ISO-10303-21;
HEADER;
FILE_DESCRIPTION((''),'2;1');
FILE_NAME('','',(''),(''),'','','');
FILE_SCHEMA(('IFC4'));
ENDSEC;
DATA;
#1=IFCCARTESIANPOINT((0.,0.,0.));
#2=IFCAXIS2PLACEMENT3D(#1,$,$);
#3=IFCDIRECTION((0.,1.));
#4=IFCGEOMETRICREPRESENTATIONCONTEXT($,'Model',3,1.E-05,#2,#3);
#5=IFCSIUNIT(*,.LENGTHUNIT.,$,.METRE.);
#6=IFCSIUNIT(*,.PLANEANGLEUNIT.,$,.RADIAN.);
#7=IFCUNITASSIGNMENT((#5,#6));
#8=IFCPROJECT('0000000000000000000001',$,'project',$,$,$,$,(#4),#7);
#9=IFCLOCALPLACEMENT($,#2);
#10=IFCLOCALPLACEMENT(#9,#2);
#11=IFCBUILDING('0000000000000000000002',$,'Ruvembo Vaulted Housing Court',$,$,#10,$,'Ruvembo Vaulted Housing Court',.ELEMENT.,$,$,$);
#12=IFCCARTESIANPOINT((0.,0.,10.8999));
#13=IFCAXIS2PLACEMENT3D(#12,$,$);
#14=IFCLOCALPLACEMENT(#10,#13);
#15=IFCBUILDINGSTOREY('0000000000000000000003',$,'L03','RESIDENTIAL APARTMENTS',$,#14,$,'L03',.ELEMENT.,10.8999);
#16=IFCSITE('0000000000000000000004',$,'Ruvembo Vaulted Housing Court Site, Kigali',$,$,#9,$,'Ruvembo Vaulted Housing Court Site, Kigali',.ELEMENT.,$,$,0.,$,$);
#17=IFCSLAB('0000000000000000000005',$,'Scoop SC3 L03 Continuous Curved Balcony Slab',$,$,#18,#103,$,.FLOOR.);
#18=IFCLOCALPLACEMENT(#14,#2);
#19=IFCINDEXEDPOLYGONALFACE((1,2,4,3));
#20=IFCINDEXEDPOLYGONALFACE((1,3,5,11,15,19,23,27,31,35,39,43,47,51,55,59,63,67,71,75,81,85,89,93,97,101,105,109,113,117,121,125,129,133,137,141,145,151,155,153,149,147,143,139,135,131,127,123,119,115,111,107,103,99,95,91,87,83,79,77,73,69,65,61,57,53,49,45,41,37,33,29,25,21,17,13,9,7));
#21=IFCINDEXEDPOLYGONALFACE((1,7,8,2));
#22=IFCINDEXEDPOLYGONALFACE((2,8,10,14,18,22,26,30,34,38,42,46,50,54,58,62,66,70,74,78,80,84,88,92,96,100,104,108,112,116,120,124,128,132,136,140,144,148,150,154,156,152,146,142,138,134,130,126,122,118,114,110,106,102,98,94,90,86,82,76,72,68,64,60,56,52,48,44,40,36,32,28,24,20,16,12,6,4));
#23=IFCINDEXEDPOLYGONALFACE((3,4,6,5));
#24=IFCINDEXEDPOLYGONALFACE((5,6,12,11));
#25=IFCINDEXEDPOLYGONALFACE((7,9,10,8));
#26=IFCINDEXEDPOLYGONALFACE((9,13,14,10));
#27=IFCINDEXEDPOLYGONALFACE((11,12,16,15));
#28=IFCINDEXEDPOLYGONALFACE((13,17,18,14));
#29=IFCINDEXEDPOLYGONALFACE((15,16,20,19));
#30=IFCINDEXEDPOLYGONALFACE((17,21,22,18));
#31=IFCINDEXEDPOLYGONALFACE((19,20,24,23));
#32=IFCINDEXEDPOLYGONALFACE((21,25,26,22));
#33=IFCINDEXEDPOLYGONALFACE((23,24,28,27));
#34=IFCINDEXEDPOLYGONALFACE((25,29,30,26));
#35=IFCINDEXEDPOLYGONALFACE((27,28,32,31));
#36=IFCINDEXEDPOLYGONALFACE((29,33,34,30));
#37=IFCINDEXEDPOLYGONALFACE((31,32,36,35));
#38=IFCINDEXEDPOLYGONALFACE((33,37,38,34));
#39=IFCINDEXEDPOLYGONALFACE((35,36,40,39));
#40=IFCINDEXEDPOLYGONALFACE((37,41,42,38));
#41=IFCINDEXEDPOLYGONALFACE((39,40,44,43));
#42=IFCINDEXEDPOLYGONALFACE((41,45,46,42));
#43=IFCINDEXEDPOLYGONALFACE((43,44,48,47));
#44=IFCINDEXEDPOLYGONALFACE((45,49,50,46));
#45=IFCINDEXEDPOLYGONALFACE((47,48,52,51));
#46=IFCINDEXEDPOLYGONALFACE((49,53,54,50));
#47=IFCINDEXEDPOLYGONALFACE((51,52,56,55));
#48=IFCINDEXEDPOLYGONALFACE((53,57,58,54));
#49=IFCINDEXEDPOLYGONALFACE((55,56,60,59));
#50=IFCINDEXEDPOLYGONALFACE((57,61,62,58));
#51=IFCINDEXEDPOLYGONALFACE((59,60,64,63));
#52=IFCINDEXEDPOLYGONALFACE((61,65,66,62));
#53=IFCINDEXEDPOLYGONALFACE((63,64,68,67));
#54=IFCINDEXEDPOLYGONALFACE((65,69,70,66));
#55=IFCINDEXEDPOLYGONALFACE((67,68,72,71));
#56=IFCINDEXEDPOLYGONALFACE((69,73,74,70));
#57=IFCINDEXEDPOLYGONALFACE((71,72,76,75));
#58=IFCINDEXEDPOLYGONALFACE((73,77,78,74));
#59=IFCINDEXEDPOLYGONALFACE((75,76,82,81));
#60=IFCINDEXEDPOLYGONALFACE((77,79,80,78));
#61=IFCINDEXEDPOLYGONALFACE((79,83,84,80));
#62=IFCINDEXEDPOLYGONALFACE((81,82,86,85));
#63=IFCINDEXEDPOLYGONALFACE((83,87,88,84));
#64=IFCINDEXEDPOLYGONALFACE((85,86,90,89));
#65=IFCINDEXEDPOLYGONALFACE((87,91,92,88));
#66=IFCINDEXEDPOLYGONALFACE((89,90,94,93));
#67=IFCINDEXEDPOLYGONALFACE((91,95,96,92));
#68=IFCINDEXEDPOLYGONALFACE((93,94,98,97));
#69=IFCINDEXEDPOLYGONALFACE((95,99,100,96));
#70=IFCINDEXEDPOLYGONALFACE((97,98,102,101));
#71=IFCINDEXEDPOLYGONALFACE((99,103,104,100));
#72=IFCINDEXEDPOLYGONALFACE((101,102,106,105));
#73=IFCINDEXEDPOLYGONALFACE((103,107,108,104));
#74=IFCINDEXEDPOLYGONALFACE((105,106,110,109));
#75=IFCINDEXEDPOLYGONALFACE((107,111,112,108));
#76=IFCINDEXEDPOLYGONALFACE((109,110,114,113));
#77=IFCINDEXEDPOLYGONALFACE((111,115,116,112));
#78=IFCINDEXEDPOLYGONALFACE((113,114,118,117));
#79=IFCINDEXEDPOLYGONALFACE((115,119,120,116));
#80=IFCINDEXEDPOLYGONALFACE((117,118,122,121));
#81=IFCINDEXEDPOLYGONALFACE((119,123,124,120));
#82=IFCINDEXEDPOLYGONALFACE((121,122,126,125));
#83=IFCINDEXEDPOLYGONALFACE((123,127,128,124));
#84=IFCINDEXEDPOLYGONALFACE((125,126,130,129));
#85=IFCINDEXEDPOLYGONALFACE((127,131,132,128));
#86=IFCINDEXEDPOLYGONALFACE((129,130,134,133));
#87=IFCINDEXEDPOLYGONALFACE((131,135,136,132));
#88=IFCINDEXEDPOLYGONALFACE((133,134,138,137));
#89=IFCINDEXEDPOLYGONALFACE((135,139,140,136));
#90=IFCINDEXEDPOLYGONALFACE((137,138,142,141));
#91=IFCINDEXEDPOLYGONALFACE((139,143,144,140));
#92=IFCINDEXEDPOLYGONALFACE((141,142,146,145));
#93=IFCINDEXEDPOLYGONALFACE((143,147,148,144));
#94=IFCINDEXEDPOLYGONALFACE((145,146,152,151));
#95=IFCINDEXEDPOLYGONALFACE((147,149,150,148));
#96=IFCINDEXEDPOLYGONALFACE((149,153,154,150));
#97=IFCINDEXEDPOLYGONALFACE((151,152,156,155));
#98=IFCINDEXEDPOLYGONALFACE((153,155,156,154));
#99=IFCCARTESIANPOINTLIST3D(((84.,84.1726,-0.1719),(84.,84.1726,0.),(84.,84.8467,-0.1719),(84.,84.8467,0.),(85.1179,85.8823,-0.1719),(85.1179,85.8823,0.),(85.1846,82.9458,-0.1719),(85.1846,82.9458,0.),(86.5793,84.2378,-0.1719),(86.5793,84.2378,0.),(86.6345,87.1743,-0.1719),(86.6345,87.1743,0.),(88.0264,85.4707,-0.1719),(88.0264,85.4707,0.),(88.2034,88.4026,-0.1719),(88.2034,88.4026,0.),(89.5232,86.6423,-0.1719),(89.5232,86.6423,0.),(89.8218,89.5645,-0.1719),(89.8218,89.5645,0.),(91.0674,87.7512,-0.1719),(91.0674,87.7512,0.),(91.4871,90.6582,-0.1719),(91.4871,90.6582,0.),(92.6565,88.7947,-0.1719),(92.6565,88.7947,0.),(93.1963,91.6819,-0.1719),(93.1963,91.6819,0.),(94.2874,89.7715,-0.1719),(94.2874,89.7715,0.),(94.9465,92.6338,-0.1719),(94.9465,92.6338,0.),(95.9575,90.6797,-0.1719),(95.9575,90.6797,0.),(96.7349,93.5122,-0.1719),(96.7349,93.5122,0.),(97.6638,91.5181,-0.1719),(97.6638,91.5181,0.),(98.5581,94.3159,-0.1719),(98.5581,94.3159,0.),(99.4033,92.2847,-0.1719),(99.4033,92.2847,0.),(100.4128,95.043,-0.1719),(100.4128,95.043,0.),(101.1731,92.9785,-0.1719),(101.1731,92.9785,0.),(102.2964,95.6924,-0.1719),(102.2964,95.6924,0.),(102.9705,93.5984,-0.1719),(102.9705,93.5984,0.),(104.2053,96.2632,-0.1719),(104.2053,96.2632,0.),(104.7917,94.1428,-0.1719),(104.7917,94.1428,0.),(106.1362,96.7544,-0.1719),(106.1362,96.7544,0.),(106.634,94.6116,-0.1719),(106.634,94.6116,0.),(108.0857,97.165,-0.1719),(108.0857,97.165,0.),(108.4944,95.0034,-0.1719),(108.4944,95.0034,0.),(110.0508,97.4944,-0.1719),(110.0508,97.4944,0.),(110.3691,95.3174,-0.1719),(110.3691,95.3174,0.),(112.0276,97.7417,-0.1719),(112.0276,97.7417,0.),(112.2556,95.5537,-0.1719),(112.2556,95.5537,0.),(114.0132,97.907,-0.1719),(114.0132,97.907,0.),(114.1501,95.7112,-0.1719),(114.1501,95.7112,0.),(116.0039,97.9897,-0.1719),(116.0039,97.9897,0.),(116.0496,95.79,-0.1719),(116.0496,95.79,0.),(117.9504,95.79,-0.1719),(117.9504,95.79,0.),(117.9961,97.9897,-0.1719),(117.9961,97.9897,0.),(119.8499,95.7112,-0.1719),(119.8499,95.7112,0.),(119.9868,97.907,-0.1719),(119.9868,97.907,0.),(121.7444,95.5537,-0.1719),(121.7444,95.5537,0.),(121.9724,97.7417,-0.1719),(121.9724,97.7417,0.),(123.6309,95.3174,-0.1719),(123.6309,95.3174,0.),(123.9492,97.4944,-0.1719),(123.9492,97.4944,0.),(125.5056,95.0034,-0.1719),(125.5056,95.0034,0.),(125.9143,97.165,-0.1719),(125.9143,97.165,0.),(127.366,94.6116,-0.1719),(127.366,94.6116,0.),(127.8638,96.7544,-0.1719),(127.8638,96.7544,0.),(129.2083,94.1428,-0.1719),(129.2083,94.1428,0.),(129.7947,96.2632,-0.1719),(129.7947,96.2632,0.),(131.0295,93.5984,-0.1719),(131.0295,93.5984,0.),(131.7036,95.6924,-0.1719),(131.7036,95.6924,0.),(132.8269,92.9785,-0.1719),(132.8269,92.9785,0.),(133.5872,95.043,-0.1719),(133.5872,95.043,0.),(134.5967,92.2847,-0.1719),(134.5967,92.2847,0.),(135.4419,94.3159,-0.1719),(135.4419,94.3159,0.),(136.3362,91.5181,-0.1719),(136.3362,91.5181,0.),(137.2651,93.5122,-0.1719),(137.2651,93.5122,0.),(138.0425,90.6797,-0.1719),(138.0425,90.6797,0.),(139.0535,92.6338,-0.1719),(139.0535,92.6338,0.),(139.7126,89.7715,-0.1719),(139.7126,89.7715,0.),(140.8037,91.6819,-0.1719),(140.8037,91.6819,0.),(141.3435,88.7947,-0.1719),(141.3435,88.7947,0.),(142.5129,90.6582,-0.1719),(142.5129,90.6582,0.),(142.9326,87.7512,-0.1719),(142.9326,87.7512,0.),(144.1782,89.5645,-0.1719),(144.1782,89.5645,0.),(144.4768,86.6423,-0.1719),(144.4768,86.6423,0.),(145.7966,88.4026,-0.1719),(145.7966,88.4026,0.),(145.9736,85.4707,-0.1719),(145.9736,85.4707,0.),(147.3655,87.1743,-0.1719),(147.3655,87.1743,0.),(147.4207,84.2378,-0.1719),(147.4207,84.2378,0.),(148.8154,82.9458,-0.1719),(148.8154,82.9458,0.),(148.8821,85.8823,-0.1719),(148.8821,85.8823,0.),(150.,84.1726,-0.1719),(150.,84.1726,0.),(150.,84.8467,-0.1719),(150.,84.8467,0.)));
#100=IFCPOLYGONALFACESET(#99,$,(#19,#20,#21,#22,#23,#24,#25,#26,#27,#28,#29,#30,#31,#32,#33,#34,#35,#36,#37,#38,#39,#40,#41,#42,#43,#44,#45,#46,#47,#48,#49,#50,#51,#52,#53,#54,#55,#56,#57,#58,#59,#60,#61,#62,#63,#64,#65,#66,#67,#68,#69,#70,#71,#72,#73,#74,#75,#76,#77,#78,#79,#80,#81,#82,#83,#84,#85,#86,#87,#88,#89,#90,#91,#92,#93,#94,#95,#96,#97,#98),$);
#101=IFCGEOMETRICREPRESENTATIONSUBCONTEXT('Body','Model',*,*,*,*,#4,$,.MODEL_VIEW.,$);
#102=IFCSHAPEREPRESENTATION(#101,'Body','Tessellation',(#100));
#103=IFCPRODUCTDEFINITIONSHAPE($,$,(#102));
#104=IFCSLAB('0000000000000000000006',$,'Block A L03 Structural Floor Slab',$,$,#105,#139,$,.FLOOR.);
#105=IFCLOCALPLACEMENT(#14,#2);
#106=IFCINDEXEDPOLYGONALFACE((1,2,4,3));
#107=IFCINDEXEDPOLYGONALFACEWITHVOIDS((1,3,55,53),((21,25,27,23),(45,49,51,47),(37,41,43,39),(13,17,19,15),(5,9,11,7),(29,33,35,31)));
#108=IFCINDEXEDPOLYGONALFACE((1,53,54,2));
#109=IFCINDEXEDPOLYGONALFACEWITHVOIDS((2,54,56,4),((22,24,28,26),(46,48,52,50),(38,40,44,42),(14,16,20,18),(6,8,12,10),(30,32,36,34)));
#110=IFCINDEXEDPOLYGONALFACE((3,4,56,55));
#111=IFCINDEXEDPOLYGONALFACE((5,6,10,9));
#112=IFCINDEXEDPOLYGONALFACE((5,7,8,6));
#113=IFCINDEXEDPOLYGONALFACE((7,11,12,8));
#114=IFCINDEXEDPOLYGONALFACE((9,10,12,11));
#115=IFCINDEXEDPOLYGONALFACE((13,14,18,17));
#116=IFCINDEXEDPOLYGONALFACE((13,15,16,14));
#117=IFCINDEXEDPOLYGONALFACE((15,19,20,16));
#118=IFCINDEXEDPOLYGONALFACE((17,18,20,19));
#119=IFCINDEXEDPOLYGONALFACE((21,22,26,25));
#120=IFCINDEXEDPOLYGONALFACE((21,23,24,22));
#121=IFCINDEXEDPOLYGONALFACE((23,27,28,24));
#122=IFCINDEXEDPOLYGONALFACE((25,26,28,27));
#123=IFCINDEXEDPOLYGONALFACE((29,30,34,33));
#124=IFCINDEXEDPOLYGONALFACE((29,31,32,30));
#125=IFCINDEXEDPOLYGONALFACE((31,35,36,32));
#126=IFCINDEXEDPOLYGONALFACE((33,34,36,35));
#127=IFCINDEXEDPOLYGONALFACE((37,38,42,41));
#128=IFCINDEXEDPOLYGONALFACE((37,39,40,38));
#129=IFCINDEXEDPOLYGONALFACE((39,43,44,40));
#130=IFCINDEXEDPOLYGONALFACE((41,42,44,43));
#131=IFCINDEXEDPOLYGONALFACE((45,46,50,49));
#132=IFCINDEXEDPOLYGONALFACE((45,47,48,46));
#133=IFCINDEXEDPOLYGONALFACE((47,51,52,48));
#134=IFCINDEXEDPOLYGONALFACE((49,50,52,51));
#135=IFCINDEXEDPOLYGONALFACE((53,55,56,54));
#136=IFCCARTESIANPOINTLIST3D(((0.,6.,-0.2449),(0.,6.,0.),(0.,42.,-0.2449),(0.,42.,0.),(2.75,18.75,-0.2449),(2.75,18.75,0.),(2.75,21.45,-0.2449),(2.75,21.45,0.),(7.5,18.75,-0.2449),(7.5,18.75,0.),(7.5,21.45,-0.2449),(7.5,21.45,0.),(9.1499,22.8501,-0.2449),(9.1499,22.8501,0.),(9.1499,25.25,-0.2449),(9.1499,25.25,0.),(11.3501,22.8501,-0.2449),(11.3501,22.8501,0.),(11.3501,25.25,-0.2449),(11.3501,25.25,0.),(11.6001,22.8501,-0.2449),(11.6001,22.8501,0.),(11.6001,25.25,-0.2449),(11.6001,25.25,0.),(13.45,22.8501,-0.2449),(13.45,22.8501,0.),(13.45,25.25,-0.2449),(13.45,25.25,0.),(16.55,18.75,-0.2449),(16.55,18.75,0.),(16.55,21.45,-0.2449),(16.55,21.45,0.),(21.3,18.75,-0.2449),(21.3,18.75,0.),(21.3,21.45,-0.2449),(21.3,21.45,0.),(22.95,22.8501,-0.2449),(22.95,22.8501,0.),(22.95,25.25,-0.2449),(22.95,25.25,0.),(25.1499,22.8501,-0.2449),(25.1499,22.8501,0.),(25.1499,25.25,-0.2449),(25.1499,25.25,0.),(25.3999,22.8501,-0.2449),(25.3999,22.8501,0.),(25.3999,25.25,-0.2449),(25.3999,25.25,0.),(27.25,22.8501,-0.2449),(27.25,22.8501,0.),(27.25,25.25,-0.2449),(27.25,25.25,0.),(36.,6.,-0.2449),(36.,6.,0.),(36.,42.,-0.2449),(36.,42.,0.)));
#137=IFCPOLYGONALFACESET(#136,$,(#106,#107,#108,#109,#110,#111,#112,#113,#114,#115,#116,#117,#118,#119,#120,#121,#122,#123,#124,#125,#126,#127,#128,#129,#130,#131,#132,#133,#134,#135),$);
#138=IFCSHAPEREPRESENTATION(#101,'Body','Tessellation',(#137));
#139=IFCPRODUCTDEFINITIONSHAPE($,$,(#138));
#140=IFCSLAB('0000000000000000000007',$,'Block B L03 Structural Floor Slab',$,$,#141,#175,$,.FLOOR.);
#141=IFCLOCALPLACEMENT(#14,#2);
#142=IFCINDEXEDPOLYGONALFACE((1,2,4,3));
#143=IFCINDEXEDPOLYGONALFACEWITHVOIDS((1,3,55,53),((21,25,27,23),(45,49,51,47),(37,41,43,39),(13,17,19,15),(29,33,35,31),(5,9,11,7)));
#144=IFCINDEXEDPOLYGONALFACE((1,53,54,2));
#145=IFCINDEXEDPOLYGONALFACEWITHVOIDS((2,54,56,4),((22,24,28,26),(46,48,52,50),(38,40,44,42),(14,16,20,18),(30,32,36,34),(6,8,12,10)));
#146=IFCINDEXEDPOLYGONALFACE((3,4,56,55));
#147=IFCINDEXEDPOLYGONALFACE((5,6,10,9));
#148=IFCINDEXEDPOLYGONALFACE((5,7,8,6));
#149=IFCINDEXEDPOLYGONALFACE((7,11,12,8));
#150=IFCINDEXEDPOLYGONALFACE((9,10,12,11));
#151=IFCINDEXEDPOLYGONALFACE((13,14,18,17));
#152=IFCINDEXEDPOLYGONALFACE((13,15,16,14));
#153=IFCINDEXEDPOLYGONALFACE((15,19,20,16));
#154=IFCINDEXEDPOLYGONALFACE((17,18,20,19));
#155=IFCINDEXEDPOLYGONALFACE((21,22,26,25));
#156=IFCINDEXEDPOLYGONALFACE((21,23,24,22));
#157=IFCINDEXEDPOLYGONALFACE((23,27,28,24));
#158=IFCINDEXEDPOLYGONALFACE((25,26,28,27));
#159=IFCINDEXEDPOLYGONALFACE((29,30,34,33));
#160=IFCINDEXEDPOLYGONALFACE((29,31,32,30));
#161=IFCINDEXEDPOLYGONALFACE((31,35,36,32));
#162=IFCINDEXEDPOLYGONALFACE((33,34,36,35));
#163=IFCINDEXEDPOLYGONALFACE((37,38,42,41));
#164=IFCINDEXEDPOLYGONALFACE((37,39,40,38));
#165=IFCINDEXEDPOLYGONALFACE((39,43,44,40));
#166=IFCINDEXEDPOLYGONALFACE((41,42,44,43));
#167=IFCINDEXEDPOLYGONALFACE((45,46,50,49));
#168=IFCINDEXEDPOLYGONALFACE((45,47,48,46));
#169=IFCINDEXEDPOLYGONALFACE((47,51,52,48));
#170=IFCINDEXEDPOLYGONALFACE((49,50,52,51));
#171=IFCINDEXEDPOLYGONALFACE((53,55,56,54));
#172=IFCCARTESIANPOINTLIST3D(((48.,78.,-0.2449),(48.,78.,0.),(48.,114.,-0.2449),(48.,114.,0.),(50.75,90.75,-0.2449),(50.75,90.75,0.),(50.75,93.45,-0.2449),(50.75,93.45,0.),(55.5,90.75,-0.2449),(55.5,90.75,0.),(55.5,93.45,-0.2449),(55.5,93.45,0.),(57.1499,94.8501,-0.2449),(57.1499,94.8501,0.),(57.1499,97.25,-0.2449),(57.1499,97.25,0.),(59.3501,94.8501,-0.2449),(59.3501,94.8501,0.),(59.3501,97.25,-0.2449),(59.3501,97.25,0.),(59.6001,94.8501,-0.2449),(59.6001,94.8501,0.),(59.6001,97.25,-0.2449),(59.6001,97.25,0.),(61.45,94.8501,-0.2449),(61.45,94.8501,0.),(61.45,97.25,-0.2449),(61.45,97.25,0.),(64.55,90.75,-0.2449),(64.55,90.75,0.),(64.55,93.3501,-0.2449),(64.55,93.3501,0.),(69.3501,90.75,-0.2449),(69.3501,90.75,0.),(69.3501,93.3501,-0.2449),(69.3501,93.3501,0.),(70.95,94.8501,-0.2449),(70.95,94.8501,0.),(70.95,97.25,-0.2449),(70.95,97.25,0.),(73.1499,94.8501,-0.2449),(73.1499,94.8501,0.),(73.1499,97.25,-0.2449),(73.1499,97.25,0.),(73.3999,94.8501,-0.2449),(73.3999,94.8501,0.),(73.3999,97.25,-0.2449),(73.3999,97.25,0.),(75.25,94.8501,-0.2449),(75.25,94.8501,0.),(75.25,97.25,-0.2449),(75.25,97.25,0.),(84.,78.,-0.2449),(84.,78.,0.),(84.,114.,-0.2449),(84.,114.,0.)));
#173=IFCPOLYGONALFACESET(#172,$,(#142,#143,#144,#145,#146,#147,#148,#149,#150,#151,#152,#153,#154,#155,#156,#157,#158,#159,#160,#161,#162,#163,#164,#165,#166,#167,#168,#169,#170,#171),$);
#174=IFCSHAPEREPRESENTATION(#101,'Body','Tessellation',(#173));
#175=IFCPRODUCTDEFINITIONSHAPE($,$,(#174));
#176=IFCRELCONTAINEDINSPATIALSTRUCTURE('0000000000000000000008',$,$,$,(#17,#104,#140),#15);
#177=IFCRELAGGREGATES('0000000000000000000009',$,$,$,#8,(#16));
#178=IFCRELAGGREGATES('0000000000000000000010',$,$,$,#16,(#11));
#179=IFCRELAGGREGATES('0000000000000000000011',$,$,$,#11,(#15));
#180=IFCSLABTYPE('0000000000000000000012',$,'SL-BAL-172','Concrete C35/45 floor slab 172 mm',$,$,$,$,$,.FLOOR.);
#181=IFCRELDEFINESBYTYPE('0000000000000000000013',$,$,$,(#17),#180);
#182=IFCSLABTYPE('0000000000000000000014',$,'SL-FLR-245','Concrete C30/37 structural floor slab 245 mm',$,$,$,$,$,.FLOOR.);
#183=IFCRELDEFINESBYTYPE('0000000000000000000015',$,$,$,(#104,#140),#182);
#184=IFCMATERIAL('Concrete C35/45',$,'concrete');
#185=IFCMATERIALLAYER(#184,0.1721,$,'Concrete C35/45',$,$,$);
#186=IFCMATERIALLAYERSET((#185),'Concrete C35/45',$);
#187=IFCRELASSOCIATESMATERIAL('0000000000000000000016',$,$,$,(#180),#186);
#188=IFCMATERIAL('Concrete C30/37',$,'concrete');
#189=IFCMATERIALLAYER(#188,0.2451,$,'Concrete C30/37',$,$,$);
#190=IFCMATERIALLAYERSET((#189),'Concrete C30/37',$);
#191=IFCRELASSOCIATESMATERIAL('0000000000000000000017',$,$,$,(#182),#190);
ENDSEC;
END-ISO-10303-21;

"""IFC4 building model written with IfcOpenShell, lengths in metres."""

from ifc_helpers import new_model, si_unit, direction, frame, origin, place, context, subcontext, project, spatial, polyline, outline, extrude, material, layer, layer_set, type_object, element, save


model = new_model("IFC4")

# Units and contexts
model_context = context("Model", 3, precision=1e-05, world=origin(), true_north=direction((0.0, 1.0)))
body_context = subcontext(model_context, "Body", "Model", "MODEL_VIEW")
ifc_project = project(units=[si_unit("LENGTHUNIT", "METRE"), si_unit("PLANEANGLEUNIT", "RADIAN")], contexts=[model_context])

# Site, building, storey
site_placement = place(None, origin())
site = spatial("IfcSite", under=ifc_project, at=site_placement, Name="Ruvembo Vaulted Housing Court Site, Kigali", LongName="Ruvembo Vaulted Housing Court Site, Kigali", CompositionType="ELEMENT", RefElevation=0.0)
building_placement = place(site_placement, origin())
building = spatial("IfcBuilding", under=site, at=building_placement, Name="Ruvembo Vaulted Housing Court", LongName="Ruvembo Vaulted Housing Court", CompositionType="ELEMENT")
storey_placement = place(building_placement, frame((0.0, 0.0, 10.8999)))
storey = spatial("IfcBuildingStorey", under=building, at=storey_placement, Name="L03", Description="RESIDENTIAL APARTMENTS", LongName="L03", CompositionType="ELEMENT", Elevation=10.8999)

# Slabs
ifc_material_1 = material(Name="Concrete C35/45", Category="concrete")
ifc_layer_1 = layer(ifc_material_1, 0.1721, Name="Concrete C35/45")
ifc_layer_set_1 = layer_set([ifc_layer_1], Name="Concrete C35/45")
slab_type_1 = type_object("IfcSlabType", Name="SL-BAL-172", Description="Concrete C35/45 floor slab 172 mm", PredefinedType="FLOOR", material=ifc_layer_set_1)
slab_1_placement = place(storey_placement, frame((0.0, 0.0, -0.1719)))
element("IfcSlab", 1, at=slab_1_placement, inside=storey, type_object=slab_type_1, Name="Scoop SC3 L03 Continuous Curved Balcony Slab", PredefinedType="FLOOR", context=body_context, shape_type="SweptSolid", body=[
    extrude(outline(polyline([(150.0, 84.1726), (150.0, 84.8467), (148.8821, 85.8823), (147.3655, 87.1743), (145.7966, 88.4026), (144.1782, 89.5645), (142.5129, 90.6582), (140.8037, 91.6819), (139.0535, 92.6338), (137.2651, 93.5122), (135.4419, 94.3159), (133.5872, 95.043), (131.7036, 95.6924), (129.7947, 96.2632), (127.8638, 96.7544), (125.9143, 97.165), (123.9492, 97.4944), (121.9724, 97.7417), (119.9868, 97.907), (117.9961, 97.9897), (116.0039, 97.9897), (114.0132, 97.907), (112.0276, 97.7417), (110.0508, 97.4944), (108.0857, 97.165), (106.1362, 96.7544), (104.2053, 96.2632), (102.2964, 95.6924), (100.4128, 95.043), (98.5581, 94.3159), (96.7349, 93.5122), (94.9465, 92.6338), (93.1963, 91.6819), (91.4871, 90.6582), (89.8218, 89.5645), (88.2034, 88.4026), (86.6345, 87.1743), (85.1179, 85.8823), (84.0, 84.8467), (84.0, 84.1726), (85.1846, 82.9458), (86.5793, 84.2378), (88.0264, 85.4707), (89.5232, 86.6423), (91.0674, 87.7512), (92.6565, 88.7947), (94.2874, 89.7715), (95.9575, 90.6797), (97.6638, 91.5181), (99.4033, 92.2847), (101.1731, 92.9785), (102.9705, 93.5984), (104.7917, 94.1428), (106.634, 94.6116), (108.4944, 95.0034), (110.3691, 95.3174), (112.2556, 95.5537), (114.1501, 95.7112), (116.0496, 95.79), (117.9504, 95.79), (119.8499, 95.7112), (121.7444, 95.5537), (123.6309, 95.3174), (125.5056, 95.0034), (127.366, 94.6116), (129.2083, 94.1428), (131.0295, 93.5984), (132.8269, 92.9785), (134.5967, 92.2847), (136.3362, 91.5181), (138.0425, 90.6797), (139.7126, 89.7715), (141.3435, 88.7947), (142.9326, 87.7512), (144.4768, 86.6423), (145.9736, 85.4707), (147.4207, 84.2378), (148.8154, 82.9458), (150.0, 84.1726)])), origin(), (0.0, 0.0, 1.0), 0.1719),
])
ifc_material_2 = material(Name="Concrete C30/37", Category="concrete")
ifc_layer_2 = layer(ifc_material_2, 0.2451, Name="Concrete C30/37")
ifc_layer_set_2 = layer_set([ifc_layer_2], Name="Concrete C30/37")
slab_type_2 = type_object("IfcSlabType", Name="SL-FLR-245", Description="Concrete C30/37 structural floor slab 245 mm", PredefinedType="FLOOR", material=ifc_layer_set_2)
slab_2_placement = place(storey_placement, frame((0.0, 0.0, -0.2449)))
element("IfcSlab", 2, at=slab_2_placement, inside=storey, type_object=slab_type_2, Name="Block A L03 Structural Floor Slab", PredefinedType="FLOOR", context=body_context, shape_type="SweptSolid", body=[
    extrude(outline(polyline([(36.0, 6.0), (36.0, 42.0), (0.0, 42.0), (0.0, 6.0), (36.0, 6.0)]), holes=[polyline([(7.5, 21.45), (2.75, 21.45), (2.75, 18.75), (7.5, 18.75), (7.5, 21.45)]), polyline([(9.1499, 22.8501), (11.3501, 22.8501), (11.3501, 25.25), (9.1499, 25.25), (9.1499, 22.8501)]), polyline([(11.6001, 22.8501), (13.45, 22.8501), (13.45, 25.25), (11.6001, 25.25), (11.6001, 22.8501)]), polyline([(21.3, 21.45), (16.55, 21.45), (16.55, 18.75), (21.3, 18.75), (21.3, 21.45)]), polyline([(22.95, 22.8501), (25.1499, 22.8501), (25.1499, 25.25), (22.95, 25.25), (22.95, 22.8501)]), polyline([(25.3999, 22.8501), (27.25, 22.8501), (27.25, 25.25), (25.3999, 25.25), (25.3999, 22.8501)])]), origin(), (0.0, 0.0, 1.0), 0.2449),
])
slab_3_placement = place(storey_placement, frame((0.0, 0.0, -0.2449)))
element("IfcSlab", 3, at=slab_3_placement, inside=storey, type_object=slab_type_2, Name="Block B L03 Structural Floor Slab", PredefinedType="FLOOR", context=body_context, shape_type="SweptSolid", body=[
    extrude(outline(polyline([(84.0, 78.0), (84.0, 114.0), (48.0, 114.0), (48.0, 78.0), (84.0, 78.0)]), holes=[polyline([(55.5, 93.45), (50.75, 93.45), (50.75, 90.75), (55.5, 90.75), (55.5, 93.45)]), polyline([(57.1499, 94.8501), (59.3501, 94.8501), (59.3501, 97.25), (57.1499, 97.25), (57.1499, 94.8501)]), polyline([(59.6001, 94.8501), (61.45, 94.8501), (61.45, 97.25), (59.6001, 97.25), (59.6001, 94.8501)]), polyline([(69.3501, 93.3501), (64.55, 93.3501), (64.55, 90.75), (69.3501, 90.75), (69.3501, 93.3501)]), polyline([(70.95, 94.8501), (73.1499, 94.8501), (73.1499, 97.25), (70.95, 97.25), (70.95, 94.8501)]), polyline([(73.3999, 94.8501), (75.25, 94.8501), (75.25, 97.25), (73.3999, 97.25), (73.3999, 94.8501)])]), origin(), (0.0, 0.0, 1.0), 0.2449),
])

save(model, "model.ifc")
